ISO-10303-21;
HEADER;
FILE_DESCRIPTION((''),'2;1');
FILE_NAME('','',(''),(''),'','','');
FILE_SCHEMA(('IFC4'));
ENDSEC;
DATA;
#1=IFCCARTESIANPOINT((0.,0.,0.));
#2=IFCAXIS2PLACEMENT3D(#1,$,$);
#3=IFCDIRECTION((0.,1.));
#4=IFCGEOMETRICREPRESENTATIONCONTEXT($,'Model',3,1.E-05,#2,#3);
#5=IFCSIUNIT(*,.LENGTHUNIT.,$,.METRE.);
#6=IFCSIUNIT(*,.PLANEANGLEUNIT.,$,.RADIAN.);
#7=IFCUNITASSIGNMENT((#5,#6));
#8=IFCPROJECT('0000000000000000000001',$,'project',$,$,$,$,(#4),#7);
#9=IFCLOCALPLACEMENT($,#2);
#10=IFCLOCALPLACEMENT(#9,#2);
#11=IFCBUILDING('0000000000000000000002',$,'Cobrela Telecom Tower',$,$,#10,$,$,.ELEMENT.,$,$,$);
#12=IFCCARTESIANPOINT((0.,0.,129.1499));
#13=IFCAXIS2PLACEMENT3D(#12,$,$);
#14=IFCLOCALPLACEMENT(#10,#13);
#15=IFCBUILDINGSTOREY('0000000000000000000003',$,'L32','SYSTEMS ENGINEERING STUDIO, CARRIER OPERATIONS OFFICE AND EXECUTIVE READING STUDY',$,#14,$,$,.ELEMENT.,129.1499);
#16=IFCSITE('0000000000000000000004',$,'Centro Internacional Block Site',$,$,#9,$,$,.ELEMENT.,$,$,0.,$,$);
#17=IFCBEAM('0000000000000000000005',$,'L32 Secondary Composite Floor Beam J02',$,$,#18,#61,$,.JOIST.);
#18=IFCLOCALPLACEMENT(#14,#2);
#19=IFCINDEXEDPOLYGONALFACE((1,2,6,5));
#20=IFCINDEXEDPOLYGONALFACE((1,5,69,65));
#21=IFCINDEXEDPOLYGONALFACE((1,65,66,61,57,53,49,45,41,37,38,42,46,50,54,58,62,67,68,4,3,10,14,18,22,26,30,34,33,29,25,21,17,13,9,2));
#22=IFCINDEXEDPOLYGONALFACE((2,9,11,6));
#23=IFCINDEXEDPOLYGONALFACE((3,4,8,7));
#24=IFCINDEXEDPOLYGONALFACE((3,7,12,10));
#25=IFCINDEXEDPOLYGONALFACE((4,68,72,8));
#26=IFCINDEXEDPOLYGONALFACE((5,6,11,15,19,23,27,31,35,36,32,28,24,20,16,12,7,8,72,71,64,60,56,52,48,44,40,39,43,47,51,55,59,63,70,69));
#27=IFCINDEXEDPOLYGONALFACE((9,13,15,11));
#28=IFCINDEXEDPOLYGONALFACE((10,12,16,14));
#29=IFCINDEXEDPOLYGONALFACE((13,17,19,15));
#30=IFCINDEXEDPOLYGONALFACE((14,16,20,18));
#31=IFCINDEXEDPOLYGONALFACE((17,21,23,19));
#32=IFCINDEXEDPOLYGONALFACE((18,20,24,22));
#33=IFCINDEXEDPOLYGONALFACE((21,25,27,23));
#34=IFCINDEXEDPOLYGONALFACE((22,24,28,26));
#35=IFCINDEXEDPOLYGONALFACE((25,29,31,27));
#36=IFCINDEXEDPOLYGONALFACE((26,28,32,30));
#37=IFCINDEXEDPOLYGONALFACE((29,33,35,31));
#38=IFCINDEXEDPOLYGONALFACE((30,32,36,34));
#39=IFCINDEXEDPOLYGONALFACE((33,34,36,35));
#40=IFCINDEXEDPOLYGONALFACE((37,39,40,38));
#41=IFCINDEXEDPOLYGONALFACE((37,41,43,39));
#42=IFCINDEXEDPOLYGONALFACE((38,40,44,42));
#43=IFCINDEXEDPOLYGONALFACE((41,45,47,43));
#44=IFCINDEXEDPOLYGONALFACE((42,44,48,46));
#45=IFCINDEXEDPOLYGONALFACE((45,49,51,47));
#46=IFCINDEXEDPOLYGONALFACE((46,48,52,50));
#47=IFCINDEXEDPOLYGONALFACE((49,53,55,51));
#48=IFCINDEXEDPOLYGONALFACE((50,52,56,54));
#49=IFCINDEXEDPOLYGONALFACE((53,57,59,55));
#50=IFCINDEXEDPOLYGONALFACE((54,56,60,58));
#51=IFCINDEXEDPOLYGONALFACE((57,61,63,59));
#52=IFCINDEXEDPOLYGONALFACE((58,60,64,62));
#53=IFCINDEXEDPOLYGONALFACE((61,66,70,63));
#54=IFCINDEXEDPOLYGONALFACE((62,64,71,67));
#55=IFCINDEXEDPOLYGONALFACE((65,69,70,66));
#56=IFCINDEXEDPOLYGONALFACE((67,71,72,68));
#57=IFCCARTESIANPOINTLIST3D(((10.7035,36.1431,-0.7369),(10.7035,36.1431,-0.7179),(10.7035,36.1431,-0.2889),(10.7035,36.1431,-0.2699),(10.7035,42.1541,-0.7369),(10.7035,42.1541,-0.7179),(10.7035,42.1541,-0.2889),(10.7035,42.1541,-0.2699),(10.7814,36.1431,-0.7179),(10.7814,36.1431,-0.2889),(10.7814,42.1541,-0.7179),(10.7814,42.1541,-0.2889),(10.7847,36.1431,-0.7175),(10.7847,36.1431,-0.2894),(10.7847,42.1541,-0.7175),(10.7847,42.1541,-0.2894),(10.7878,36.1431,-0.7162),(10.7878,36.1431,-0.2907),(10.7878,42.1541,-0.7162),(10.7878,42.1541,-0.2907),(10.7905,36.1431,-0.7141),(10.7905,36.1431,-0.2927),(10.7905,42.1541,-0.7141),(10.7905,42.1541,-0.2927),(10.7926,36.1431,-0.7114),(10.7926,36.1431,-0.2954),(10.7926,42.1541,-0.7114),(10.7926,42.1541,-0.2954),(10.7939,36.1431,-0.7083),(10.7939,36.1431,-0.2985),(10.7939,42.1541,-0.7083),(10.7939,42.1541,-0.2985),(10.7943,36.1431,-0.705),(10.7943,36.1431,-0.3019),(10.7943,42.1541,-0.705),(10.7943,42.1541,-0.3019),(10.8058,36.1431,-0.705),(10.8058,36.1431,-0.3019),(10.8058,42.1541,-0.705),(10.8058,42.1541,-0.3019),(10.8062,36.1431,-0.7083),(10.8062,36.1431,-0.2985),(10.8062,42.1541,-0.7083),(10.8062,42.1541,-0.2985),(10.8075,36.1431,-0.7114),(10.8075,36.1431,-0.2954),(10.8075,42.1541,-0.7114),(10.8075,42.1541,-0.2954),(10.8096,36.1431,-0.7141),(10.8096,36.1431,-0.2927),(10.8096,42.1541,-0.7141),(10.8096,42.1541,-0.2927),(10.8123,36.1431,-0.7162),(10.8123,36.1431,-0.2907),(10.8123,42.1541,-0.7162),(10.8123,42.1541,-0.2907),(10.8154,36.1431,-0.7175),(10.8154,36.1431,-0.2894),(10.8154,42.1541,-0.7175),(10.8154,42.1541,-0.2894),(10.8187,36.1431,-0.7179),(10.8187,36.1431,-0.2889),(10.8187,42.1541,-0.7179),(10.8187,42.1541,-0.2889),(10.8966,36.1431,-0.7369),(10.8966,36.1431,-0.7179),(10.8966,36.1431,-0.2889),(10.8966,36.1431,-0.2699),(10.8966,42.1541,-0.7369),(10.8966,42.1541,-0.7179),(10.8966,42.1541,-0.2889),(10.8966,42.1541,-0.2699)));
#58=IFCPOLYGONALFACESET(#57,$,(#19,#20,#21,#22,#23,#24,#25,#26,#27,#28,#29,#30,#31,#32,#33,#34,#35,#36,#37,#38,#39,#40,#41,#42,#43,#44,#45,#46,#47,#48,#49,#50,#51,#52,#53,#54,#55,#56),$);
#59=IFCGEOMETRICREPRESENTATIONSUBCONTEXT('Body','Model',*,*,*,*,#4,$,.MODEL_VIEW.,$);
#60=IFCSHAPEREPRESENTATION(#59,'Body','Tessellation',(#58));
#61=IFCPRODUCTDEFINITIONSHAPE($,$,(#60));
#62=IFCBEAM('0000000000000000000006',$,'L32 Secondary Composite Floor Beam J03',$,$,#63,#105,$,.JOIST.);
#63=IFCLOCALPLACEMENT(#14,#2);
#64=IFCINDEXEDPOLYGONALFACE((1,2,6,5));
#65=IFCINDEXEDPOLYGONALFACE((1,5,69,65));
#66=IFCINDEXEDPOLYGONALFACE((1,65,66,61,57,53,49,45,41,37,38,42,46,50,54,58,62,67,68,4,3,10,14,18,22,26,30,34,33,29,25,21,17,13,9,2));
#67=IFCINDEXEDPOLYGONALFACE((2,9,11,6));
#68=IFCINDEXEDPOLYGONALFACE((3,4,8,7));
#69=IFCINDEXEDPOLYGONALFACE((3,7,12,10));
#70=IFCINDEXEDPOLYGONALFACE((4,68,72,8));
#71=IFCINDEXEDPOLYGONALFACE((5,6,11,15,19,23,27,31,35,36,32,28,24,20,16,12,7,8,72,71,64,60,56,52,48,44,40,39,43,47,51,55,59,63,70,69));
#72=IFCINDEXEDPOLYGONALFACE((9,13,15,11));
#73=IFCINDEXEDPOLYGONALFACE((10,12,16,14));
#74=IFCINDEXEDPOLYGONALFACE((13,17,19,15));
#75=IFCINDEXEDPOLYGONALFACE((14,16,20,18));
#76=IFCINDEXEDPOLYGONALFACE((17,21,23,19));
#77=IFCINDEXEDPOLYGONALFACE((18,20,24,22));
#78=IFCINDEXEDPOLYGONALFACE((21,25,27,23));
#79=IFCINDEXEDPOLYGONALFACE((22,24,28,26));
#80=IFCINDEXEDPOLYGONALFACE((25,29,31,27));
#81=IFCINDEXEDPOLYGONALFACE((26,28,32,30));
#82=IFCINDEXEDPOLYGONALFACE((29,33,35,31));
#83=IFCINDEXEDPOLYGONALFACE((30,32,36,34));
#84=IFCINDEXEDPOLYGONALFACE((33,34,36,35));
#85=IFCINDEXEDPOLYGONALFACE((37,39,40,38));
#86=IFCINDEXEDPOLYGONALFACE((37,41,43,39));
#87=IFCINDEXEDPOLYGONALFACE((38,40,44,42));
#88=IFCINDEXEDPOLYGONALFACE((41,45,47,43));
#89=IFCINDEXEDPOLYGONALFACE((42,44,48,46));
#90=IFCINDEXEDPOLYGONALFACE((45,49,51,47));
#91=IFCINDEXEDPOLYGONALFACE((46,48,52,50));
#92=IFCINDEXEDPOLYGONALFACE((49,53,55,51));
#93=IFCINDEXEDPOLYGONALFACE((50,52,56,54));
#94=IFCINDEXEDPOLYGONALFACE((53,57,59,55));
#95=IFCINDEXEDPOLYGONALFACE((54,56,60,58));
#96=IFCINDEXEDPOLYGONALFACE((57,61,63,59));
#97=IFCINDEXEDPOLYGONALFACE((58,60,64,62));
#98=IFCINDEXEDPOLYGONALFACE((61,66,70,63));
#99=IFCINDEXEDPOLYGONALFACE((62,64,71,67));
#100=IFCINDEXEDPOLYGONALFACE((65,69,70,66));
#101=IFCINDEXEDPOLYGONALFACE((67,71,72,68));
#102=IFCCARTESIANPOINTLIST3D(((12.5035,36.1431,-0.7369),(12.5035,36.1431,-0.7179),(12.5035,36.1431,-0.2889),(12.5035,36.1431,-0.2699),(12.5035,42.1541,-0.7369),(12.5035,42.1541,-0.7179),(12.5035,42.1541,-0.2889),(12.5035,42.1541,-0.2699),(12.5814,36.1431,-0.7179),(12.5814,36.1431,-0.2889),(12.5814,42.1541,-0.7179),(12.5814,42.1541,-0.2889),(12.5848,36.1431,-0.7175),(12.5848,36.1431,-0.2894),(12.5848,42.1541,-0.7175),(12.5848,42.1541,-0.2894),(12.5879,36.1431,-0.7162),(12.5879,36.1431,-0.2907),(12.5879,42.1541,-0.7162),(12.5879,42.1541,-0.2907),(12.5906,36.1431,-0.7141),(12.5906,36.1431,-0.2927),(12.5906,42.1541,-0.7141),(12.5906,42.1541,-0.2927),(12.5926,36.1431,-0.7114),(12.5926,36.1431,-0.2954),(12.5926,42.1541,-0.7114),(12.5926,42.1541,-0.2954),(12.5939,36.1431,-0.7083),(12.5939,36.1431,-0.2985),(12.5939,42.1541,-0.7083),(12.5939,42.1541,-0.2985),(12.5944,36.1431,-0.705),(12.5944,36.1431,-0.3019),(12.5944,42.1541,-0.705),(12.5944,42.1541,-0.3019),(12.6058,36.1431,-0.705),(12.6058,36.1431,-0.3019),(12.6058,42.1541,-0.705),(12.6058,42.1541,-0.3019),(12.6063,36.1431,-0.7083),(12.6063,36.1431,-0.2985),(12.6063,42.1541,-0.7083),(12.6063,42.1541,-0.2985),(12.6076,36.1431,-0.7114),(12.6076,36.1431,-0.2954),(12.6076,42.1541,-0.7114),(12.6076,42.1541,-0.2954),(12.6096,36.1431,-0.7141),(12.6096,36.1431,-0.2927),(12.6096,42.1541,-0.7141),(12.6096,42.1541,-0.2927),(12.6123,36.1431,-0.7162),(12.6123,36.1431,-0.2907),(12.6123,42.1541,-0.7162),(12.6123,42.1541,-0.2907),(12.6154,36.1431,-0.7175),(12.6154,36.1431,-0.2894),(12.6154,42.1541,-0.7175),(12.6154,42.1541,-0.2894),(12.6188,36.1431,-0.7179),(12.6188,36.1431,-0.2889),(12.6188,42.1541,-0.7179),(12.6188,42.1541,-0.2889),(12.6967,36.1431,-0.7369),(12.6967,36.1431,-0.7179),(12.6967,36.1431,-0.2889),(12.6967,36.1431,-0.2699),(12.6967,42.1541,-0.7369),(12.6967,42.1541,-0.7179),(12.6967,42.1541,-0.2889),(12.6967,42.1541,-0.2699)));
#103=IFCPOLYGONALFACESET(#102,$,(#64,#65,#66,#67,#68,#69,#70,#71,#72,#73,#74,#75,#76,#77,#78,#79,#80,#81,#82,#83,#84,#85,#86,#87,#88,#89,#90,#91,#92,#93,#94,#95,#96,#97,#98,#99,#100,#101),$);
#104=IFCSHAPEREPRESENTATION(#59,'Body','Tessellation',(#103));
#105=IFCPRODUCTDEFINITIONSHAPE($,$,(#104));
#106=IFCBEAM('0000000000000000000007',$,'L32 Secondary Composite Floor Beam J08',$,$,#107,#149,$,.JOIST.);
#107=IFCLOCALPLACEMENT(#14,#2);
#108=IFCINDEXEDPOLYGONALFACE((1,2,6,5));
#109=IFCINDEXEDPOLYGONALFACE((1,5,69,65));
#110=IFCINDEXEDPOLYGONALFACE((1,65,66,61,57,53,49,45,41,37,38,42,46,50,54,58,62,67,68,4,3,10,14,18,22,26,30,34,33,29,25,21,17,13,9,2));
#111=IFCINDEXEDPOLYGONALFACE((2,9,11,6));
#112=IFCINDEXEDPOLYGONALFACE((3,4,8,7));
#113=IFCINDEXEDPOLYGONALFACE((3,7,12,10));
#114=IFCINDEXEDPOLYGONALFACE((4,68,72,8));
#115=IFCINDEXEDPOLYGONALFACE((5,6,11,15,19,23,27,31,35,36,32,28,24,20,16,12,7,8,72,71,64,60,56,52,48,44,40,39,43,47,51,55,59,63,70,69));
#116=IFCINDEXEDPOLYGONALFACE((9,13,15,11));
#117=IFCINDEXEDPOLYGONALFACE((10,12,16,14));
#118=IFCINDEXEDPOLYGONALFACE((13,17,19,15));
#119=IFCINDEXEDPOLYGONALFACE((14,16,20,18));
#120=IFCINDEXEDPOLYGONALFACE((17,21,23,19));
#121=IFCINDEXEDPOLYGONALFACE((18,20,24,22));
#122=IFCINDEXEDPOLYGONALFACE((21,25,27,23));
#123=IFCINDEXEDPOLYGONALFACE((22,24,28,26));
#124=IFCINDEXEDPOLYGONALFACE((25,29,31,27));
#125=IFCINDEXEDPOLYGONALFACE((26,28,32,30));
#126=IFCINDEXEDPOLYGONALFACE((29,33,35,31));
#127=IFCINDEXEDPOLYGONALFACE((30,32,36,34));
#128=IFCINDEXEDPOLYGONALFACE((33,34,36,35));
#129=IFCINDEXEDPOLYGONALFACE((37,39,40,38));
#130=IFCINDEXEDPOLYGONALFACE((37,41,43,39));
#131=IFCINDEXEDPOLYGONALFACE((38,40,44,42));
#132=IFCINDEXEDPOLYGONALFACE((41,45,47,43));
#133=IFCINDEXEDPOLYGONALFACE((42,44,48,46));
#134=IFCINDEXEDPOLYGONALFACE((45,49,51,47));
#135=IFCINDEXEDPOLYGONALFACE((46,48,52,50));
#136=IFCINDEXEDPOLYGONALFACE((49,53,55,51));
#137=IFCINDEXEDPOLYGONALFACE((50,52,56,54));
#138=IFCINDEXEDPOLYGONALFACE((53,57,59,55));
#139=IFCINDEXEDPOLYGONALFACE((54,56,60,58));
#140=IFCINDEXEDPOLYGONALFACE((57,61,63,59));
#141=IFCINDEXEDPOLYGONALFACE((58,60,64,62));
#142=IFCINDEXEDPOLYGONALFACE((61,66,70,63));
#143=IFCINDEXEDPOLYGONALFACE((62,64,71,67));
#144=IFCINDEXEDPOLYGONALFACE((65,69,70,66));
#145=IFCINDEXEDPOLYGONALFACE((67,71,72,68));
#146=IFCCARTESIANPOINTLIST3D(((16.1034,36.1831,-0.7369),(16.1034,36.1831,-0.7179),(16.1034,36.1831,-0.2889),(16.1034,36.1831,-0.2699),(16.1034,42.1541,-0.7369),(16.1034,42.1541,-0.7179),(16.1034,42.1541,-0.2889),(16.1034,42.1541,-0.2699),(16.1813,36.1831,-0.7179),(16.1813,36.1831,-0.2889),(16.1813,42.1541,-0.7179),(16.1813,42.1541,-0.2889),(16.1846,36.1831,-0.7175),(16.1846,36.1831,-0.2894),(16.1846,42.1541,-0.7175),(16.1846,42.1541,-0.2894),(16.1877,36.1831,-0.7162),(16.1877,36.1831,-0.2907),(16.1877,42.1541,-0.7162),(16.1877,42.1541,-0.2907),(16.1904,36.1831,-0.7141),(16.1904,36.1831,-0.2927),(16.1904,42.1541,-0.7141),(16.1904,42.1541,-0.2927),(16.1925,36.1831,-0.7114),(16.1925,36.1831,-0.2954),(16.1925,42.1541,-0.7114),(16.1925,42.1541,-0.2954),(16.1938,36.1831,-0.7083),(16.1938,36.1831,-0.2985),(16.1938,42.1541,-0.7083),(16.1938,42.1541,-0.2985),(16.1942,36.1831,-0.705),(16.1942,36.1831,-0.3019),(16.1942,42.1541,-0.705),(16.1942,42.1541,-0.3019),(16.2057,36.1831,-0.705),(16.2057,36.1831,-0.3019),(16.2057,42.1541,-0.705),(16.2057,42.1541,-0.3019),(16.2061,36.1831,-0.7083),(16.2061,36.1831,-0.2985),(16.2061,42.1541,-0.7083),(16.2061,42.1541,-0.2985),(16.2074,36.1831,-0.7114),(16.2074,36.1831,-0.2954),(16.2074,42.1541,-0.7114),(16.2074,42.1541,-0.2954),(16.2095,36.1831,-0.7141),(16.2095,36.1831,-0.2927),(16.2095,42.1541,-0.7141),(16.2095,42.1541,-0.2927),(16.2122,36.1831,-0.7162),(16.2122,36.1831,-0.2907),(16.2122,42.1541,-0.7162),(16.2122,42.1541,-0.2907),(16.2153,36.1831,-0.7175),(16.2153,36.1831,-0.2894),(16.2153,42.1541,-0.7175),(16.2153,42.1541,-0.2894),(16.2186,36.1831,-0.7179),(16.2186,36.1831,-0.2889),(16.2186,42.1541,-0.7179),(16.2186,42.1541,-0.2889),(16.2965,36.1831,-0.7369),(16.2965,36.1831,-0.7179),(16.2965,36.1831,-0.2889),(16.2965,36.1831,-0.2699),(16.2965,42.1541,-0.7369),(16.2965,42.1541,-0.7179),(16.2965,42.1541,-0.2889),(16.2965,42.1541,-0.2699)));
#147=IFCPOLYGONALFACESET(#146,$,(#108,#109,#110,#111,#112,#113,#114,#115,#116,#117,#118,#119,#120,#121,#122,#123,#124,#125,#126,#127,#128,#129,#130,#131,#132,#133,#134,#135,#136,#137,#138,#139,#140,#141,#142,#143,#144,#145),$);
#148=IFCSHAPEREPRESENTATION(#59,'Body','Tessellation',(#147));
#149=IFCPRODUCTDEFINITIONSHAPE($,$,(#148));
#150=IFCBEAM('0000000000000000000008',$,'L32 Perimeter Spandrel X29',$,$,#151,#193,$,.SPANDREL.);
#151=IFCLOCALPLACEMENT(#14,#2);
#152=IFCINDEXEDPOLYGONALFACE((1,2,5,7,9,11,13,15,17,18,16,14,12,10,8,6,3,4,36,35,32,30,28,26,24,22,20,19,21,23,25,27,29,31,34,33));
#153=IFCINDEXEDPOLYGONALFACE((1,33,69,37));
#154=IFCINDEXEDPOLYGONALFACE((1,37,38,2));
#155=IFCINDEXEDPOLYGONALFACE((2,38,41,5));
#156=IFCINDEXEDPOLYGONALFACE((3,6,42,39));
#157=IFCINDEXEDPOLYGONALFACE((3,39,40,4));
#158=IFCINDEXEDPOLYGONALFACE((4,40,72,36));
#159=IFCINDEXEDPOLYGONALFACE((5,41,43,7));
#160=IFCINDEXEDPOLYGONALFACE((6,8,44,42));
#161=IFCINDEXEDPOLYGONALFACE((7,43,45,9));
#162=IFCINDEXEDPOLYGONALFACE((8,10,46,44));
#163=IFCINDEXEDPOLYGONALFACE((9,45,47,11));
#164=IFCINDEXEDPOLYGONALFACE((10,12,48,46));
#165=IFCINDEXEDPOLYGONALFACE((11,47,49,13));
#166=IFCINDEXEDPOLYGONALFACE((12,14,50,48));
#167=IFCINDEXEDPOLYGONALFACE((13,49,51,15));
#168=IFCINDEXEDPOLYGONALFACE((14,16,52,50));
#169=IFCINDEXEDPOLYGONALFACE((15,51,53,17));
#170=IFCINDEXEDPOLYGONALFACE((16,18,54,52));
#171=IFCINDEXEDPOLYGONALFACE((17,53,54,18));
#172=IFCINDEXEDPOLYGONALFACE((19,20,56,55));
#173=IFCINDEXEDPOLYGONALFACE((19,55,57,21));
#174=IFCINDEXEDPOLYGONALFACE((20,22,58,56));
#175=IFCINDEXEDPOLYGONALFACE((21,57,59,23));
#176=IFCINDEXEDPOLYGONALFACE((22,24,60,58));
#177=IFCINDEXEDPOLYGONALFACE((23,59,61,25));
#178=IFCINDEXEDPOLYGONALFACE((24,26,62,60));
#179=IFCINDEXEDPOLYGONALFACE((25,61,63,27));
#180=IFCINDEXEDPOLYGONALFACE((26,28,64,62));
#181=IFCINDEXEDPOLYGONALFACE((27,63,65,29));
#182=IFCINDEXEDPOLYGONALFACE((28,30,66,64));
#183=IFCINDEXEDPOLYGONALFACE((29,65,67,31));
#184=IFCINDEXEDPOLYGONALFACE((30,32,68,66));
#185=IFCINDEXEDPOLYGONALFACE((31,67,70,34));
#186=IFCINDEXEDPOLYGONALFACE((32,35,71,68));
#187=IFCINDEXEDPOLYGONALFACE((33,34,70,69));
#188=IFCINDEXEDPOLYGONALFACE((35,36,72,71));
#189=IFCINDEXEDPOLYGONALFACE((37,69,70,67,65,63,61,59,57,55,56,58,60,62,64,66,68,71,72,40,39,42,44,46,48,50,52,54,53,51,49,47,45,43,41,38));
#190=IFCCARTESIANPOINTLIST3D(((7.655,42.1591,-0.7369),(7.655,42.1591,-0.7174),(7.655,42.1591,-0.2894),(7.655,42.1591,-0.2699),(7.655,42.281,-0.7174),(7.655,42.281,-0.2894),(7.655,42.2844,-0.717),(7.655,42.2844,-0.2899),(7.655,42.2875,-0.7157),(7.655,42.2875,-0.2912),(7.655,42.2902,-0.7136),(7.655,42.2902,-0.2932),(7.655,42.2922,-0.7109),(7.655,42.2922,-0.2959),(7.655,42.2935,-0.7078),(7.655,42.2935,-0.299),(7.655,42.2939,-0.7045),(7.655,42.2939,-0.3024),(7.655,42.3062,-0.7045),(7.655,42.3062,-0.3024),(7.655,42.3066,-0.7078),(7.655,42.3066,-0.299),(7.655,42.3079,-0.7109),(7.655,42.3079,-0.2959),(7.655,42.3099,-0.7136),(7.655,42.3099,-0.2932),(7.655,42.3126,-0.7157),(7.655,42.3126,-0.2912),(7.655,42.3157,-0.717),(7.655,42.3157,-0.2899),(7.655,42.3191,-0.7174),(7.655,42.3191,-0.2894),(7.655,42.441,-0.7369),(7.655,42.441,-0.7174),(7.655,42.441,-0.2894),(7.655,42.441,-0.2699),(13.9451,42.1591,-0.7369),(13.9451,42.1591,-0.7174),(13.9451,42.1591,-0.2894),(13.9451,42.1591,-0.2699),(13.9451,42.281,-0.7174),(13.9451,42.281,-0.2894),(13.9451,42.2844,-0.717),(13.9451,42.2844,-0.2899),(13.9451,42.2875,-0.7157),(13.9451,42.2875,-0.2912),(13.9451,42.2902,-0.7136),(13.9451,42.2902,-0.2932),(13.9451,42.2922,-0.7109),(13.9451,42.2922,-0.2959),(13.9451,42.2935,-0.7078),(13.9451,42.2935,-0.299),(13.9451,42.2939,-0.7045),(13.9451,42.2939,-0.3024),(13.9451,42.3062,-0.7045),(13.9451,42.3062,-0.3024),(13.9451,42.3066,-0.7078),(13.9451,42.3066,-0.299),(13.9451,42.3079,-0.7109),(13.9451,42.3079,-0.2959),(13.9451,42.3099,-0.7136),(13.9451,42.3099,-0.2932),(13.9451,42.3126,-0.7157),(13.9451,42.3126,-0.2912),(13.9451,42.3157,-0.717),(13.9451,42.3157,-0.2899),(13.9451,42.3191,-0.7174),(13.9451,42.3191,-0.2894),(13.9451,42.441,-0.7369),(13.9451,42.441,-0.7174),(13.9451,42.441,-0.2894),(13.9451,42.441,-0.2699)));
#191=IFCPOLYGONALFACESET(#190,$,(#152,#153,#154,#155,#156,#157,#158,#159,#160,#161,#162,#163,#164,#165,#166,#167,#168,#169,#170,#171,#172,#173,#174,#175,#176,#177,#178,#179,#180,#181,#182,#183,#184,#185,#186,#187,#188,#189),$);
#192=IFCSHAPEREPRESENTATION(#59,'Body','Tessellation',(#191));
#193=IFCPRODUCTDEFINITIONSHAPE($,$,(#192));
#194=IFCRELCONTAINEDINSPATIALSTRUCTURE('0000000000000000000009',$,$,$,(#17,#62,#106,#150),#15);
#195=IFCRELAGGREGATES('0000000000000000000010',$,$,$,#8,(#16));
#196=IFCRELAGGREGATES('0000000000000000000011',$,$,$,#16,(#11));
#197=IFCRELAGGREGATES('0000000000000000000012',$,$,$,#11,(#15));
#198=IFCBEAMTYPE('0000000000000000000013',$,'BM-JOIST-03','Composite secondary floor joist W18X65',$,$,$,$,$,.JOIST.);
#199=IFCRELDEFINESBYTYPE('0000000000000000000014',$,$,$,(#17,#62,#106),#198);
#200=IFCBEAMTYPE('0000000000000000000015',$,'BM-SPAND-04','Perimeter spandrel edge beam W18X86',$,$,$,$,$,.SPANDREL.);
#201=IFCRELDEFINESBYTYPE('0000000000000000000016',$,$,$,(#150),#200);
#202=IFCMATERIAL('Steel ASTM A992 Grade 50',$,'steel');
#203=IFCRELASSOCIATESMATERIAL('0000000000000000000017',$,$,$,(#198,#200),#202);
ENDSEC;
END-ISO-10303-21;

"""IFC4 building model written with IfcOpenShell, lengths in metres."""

from ifc_helpers import new_model, si_unit, direction, frame, origin, origin_2d, place, context, subcontext, project, spatial, i_section, extrude, material, material_profile, profile_set, type_object, element, save


model = new_model("IFC4")

# Units and contexts
model_context = context("Model", 3, precision=1e-05, world=origin(), true_north=direction((0.0, 1.0)))
body_context = subcontext(model_context, "Body", "Model", "MODEL_VIEW")
ifc_project = project(units=[si_unit("LENGTHUNIT", "METRE"), si_unit("PLANEANGLEUNIT", "RADIAN")], contexts=[model_context])

# Site, building, storey
site_placement = place(None, origin())
site = spatial("IfcSite", under=ifc_project, at=site_placement, Name="Centro Internacional Block Site", CompositionType="ELEMENT", RefElevation=0.0)
building_placement = place(site_placement, origin())
building = spatial("IfcBuilding", under=site, at=building_placement, Name="Cobrela Telecom Tower", CompositionType="ELEMENT")
storey_placement = place(building_placement, frame((0.0, 0.0, 129.1499)))
storey = spatial("IfcBuildingStorey", under=building, at=storey_placement, Name="L32", Description="SYSTEMS ENGINEERING STUDIO, CARRIER OPERATIONS OFFICE AND EXECUTIVE READING STUDY", CompositionType="ELEMENT", Elevation=129.1499)

# Beams
ifc_material_1 = material(Name="Steel ASTM A992 Grade 50", Category="steel")
ifc_material_profile_1 = material_profile(ifc_material_1, i_section(OverallWidth=0.1931, OverallDepth=0.467, WebThickness=0.0115, FlangeThickness=0.019, FilletRadius=0.0129, at=origin_2d()), Name="W18X65")
ifc_profile_set_1 = profile_set([ifc_material_profile_1], Name="Steel ASTM A992 Grade 50")
beam_type_1 = type_object("IfcBeamType", Name="BM-JOIST-03", Description="Composite secondary floor joist W18X65", PredefinedType="JOIST", material=ifc_profile_set_1)
for number, where, z_axis, x_axis, name in (
    (1, (10.8, 36.1431, -0.5034), (0.0, 1.0, 0.0), (-1.0, 0.0, 0.0), "L32 Secondary Composite Floor Beam J02"),
    (2, (12.6001, 36.1431, -0.5034), (0.0, 1.0, 0.0), (-1.0, 0.0, 0.0), "L32 Secondary Composite Floor Beam J03"),
):
    element("IfcBeam", number, at=place(storey_placement, frame(where, z_axis=z_axis, x_axis=x_axis)), inside=storey, type_object=beam_type_1, Name=name, PredefinedType="JOIST", context=body_context, shape_type="SweptSolid", body=[
        extrude(i_section(OverallWidth=0.1931, OverallDepth=0.467, WebThickness=0.0115, FlangeThickness=0.019, FilletRadius=0.0129, at=origin_2d()), origin(), (0.0, 0.0, 1.0), 6.011),
    ])
beam_1_placement = place(storey_placement, frame((16.2, 36.1831, -0.5034), z_axis=(0.0, 1.0, 0.0), x_axis=(-1.0, 0.0, 0.0)))
element("IfcBeam", 3, at=beam_1_placement, inside=storey, type_object=beam_type_1, Name="L32 Secondary Composite Floor Beam J08", PredefinedType="JOIST", context=body_context, shape_type="SweptSolid", body=[
    extrude(i_section(OverallWidth=0.1931, OverallDepth=0.467, WebThickness=0.0115, FlangeThickness=0.019, FilletRadius=0.0129, at=origin_2d()), origin(), (0.0, 0.0, 1.0), 5.9709),
])
ifc_material_profile_2 = material_profile(ifc_material_1, i_section(OverallWidth=0.282, OverallDepth=0.467, WebThickness=0.0122, FlangeThickness=0.0195, FilletRadius=0.0129, at=origin_2d()), Name="W18X86")
ifc_profile_set_2 = profile_set([ifc_material_profile_2], Name="Steel ASTM A992 Grade 50")
beam_type_2 = type_object("IfcBeamType", Name="BM-SPAND-04", Description="Perimeter spandrel edge beam W18X86", PredefinedType="SPANDREL", material=ifc_profile_set_2)
for number, where, z_axis, x_axis, name in (
    (4, (7.655, 42.3, -0.5034), (1.0, 0.0, 0.0), (0.0, 1.0, 0.0), "L32 Perimeter Spandrel X29"),
):
    element("IfcBeam", number, at=place(storey_placement, frame(where, z_axis=z_axis, x_axis=x_axis)), inside=storey, type_object=beam_type_2, Name=name, PredefinedType="SPANDREL", context=body_context, shape_type="SweptSolid", body=[
        extrude(i_section(OverallWidth=0.282, OverallDepth=0.467, WebThickness=0.0122, FlangeThickness=0.0195, FilletRadius=0.0129, at=origin_2d()), origin(), (0.0, 0.0, 1.0), 6.29),
    ])

save(model, "model.ifc")
